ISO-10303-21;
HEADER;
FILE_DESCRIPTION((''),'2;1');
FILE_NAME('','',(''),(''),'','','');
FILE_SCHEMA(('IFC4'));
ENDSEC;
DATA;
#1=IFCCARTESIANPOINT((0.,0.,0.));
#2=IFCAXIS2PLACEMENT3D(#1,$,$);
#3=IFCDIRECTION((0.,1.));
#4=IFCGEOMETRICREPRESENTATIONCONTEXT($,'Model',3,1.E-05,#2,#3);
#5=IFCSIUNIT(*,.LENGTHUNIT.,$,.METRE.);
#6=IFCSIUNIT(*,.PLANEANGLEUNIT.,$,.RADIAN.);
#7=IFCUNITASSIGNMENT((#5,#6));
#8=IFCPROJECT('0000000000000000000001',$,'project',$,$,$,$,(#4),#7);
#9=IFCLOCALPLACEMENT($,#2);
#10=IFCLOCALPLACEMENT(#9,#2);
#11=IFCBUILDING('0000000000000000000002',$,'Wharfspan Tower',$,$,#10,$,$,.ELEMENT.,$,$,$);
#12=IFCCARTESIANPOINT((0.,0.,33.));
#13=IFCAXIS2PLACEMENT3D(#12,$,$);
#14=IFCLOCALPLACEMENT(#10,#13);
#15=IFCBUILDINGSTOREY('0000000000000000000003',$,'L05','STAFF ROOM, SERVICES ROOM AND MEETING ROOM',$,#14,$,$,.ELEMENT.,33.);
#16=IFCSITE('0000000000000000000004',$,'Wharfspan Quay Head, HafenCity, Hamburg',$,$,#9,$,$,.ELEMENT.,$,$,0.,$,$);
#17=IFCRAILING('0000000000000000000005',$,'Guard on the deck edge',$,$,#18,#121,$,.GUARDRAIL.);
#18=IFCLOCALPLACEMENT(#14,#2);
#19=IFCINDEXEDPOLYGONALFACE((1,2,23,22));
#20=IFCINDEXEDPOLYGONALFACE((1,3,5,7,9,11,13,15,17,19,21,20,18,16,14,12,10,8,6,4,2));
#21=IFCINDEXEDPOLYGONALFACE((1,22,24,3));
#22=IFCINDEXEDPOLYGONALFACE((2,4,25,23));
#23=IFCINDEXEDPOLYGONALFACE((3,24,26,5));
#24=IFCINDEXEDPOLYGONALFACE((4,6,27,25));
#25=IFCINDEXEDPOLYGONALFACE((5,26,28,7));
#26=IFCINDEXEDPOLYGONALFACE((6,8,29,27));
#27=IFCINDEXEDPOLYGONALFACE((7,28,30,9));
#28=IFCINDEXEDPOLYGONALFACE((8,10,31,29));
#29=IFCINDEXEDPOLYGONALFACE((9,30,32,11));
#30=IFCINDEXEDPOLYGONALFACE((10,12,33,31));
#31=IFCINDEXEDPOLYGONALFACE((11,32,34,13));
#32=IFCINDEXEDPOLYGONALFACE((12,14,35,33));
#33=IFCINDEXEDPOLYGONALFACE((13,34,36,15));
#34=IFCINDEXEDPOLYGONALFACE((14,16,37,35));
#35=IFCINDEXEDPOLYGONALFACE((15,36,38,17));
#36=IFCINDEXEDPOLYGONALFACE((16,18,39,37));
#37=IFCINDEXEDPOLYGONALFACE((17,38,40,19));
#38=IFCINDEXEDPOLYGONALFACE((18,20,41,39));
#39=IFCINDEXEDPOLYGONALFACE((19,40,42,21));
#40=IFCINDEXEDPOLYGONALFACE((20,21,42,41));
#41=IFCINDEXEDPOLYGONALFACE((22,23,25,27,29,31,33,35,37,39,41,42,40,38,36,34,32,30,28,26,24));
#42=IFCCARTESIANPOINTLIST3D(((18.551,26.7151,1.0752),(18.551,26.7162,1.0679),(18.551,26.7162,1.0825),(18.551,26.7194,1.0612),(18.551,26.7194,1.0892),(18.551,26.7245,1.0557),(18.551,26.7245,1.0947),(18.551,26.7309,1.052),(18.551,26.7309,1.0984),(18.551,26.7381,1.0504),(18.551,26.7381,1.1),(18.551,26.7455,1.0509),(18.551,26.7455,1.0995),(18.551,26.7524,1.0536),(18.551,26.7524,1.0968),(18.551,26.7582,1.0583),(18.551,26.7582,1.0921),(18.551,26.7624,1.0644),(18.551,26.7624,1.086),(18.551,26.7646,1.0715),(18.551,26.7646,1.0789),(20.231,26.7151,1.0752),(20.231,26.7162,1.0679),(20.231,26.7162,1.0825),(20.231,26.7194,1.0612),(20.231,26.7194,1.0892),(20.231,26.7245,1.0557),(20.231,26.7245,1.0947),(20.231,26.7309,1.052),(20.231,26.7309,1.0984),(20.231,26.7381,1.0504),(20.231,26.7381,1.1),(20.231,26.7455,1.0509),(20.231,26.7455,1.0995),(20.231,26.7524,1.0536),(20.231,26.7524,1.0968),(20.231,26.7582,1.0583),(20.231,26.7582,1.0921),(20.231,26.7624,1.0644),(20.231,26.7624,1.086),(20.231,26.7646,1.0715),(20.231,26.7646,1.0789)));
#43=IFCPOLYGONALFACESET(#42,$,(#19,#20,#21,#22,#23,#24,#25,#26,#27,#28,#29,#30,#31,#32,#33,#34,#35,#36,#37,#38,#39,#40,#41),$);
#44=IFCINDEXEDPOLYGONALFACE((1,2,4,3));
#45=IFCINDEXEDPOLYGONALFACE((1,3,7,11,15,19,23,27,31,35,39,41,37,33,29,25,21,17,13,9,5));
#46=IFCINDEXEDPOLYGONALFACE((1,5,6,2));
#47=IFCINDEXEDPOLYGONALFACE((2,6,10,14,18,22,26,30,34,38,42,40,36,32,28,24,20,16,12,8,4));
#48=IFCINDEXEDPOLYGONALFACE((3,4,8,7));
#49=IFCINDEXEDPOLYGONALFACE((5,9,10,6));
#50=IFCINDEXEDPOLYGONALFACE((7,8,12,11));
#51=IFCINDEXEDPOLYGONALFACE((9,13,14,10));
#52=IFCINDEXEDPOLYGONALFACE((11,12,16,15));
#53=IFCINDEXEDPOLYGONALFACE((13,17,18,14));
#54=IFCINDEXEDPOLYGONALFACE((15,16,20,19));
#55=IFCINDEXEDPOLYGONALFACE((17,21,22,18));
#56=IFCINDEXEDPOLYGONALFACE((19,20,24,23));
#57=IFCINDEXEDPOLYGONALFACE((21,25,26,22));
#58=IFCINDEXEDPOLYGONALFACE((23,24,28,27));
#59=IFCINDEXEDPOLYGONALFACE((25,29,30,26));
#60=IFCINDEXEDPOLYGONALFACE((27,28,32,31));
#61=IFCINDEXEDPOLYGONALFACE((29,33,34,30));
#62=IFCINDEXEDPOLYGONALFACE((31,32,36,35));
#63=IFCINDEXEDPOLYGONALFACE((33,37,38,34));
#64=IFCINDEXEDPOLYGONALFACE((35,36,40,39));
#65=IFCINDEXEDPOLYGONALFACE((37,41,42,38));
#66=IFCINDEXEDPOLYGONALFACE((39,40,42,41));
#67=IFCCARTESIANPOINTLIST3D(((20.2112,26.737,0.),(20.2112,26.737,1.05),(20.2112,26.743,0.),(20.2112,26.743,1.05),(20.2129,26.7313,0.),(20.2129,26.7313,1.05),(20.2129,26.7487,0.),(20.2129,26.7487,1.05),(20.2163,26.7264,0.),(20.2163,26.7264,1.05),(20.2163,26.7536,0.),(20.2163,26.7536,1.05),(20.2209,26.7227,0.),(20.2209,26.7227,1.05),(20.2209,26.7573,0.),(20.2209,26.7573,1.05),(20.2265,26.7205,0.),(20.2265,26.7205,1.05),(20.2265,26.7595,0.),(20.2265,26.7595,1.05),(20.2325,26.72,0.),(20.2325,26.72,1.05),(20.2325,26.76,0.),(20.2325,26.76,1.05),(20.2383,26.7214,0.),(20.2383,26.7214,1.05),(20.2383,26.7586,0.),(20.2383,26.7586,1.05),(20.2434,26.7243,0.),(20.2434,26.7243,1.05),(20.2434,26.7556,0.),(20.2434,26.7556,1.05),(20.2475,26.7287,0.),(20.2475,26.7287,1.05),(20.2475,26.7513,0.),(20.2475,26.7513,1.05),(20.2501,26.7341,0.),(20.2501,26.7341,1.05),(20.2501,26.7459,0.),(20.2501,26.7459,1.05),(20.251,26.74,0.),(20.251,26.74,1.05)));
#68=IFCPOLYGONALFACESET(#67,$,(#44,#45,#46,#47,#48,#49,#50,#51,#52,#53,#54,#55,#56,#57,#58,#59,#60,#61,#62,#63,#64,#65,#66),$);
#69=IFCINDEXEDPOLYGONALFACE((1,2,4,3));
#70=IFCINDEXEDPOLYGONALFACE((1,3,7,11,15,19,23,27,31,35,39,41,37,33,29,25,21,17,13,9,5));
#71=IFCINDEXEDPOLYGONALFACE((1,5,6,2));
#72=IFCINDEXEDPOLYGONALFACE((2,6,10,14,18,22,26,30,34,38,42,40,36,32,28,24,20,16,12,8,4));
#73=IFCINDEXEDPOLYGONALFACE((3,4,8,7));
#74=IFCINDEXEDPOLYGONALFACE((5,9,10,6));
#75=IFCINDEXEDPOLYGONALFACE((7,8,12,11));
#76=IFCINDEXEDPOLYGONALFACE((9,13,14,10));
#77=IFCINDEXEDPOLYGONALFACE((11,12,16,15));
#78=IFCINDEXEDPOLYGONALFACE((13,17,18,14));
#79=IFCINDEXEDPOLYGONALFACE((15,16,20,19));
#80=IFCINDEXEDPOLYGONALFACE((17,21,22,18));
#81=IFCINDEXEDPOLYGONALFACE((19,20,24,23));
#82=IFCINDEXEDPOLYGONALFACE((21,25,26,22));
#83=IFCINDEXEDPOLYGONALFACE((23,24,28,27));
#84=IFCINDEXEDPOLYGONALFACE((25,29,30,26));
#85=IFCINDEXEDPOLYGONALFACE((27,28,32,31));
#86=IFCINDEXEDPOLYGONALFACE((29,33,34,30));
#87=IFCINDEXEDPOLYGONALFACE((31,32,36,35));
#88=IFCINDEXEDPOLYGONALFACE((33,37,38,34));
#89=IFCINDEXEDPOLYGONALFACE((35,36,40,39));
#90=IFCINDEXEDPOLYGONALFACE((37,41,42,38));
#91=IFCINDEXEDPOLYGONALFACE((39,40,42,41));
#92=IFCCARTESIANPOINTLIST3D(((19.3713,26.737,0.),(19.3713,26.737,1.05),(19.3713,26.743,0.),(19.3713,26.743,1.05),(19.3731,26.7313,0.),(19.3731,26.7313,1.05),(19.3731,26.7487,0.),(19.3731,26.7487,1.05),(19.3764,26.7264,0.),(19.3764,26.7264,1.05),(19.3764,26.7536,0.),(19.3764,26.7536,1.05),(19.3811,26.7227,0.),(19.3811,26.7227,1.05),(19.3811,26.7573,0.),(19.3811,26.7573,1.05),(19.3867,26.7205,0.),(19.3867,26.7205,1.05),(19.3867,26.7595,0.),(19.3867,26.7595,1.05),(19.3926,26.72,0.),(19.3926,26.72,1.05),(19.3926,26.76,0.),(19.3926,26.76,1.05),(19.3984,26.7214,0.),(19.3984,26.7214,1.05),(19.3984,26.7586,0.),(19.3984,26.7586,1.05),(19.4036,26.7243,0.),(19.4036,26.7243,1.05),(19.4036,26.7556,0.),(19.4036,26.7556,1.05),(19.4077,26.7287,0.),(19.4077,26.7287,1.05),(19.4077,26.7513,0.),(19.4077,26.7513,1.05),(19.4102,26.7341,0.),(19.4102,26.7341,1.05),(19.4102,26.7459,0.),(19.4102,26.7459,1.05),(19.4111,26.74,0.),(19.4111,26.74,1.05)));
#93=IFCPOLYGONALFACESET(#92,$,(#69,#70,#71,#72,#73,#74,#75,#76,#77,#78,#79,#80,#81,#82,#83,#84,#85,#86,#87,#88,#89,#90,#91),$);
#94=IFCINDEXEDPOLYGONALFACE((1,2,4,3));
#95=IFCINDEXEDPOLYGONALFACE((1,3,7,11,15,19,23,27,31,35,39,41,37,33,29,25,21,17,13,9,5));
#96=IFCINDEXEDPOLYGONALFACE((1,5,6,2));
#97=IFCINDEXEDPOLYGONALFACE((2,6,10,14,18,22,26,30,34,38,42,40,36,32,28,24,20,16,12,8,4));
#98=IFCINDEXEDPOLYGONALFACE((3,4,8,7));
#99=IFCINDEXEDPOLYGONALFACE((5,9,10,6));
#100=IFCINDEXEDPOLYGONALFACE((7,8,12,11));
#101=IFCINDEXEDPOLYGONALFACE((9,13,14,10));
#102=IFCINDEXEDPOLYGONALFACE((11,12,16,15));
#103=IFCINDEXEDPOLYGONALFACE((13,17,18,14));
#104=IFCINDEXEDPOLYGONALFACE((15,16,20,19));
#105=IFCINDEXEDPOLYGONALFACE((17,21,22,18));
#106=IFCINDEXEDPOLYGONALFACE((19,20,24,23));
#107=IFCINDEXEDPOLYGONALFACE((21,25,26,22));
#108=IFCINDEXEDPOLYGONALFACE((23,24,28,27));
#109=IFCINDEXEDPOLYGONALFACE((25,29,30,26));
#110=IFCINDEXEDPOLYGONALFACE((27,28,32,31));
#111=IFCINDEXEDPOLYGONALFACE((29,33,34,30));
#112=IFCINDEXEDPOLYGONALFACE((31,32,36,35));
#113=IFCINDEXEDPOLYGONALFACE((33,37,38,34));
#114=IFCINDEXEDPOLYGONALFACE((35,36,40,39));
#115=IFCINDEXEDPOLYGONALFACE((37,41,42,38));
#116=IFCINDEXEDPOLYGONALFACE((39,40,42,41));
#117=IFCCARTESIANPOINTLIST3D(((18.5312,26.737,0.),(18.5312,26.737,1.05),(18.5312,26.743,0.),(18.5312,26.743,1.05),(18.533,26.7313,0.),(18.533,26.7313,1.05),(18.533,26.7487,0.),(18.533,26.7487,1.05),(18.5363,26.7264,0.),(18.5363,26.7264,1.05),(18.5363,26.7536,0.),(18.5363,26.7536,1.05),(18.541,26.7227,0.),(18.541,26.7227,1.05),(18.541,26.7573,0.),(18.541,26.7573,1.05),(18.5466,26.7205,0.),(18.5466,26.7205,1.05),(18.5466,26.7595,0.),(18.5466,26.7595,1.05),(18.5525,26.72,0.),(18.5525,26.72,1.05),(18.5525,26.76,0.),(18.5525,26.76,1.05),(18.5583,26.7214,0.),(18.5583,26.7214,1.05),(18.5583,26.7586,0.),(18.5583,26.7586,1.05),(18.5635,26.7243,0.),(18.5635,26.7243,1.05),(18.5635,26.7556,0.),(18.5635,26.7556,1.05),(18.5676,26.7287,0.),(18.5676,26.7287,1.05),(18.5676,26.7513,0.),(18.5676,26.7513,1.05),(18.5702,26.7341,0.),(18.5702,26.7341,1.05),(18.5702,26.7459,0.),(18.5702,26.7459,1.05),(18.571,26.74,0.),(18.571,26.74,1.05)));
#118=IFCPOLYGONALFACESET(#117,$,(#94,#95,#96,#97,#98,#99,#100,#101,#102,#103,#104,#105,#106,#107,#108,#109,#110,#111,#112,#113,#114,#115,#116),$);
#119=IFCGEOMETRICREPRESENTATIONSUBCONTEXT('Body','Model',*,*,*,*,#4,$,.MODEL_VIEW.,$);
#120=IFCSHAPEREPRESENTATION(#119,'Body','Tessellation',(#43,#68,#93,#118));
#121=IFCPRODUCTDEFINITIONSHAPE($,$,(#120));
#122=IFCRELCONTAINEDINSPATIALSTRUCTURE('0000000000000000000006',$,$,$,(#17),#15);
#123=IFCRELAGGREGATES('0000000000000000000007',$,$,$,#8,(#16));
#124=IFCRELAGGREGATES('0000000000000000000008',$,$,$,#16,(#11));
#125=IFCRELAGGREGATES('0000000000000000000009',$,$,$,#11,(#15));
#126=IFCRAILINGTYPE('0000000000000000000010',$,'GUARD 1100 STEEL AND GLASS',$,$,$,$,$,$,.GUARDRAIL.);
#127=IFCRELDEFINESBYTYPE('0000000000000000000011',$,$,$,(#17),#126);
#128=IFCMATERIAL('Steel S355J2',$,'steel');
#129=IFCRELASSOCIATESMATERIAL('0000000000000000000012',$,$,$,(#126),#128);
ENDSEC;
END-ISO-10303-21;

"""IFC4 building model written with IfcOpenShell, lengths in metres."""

from ifc_helpers import new_model, si_unit, direction, frame, origin, origin_2d, place, context, subcontext, project, spatial, circle, extrude, material, type_object, element, save


model = new_model("IFC4")

# Units and contexts
model_context = context("Model", 3, precision=1e-05, world=origin(), true_north=direction((0.0, 1.0)))
body_context = subcontext(model_context, "Body", "Model", "MODEL_VIEW")
ifc_project = project(units=[si_unit("LENGTHUNIT", "METRE"), si_unit("PLANEANGLEUNIT", "RADIAN")], contexts=[model_context])

# Site, building, storey
site_placement = place(None, origin())
site = spatial("IfcSite", under=ifc_project, at=site_placement, Name="Wharfspan Quay Head, HafenCity, Hamburg", CompositionType="ELEMENT", RefElevation=0.0)
building_placement = place(site_placement, origin())
building = spatial("IfcBuilding", under=site, at=building_placement, Name="Wharfspan Tower", CompositionType="ELEMENT")
storey_placement = place(building_placement, frame((0.0, 0.0, 33.0)))
storey = spatial("IfcBuildingStorey", under=building, at=storey_placement, Name="L05", Description="STAFF ROOM, SERVICES ROOM AND MEETING ROOM", CompositionType="ELEMENT", Elevation=33.0)

# Railing
ifc_material_1 = material(Name="Steel S355J2", Category="steel")
railing_type = type_object("IfcRailingType", Name="GUARD 1100 STEEL AND GLASS", PredefinedType="GUARDRAIL", material=ifc_material_1)
railing_1_placement = place(storey_placement, frame((20.231, 26.74, 0.0)))
element("IfcRailing", 1, at=railing_1_placement, inside=storey, type_object=railing_type, Name="Guard on the deck edge", PredefinedType="GUARDRAIL", context=body_context, shape_type="SweptSolid", body=[
    extrude(circle(Radius=0.0249, at=origin_2d()), frame((0.0, 0.0, 1.0752), z_axis=(-1.0, 0.0, 0.0), x_axis=(0.0, -1.0, 0.0)), (0.0, 0.0, 1.0), 1.6799),
    extrude(circle(Radius=0.02, at=origin_2d()), origin(), (0.0, 0.0, 1.0), 1.05),
    extrude(circle(Radius=0.02, at=origin_2d()), frame((-0.8398, 0.0, 0.0)), (0.0, 0.0, 1.0), 1.05),
    extrude(circle(Radius=0.02, at=origin_2d()), frame((-1.6799, 0.0, 0.0)), (0.0, 0.0, 1.0), 1.05),
])

save(model, "model.ifc")
